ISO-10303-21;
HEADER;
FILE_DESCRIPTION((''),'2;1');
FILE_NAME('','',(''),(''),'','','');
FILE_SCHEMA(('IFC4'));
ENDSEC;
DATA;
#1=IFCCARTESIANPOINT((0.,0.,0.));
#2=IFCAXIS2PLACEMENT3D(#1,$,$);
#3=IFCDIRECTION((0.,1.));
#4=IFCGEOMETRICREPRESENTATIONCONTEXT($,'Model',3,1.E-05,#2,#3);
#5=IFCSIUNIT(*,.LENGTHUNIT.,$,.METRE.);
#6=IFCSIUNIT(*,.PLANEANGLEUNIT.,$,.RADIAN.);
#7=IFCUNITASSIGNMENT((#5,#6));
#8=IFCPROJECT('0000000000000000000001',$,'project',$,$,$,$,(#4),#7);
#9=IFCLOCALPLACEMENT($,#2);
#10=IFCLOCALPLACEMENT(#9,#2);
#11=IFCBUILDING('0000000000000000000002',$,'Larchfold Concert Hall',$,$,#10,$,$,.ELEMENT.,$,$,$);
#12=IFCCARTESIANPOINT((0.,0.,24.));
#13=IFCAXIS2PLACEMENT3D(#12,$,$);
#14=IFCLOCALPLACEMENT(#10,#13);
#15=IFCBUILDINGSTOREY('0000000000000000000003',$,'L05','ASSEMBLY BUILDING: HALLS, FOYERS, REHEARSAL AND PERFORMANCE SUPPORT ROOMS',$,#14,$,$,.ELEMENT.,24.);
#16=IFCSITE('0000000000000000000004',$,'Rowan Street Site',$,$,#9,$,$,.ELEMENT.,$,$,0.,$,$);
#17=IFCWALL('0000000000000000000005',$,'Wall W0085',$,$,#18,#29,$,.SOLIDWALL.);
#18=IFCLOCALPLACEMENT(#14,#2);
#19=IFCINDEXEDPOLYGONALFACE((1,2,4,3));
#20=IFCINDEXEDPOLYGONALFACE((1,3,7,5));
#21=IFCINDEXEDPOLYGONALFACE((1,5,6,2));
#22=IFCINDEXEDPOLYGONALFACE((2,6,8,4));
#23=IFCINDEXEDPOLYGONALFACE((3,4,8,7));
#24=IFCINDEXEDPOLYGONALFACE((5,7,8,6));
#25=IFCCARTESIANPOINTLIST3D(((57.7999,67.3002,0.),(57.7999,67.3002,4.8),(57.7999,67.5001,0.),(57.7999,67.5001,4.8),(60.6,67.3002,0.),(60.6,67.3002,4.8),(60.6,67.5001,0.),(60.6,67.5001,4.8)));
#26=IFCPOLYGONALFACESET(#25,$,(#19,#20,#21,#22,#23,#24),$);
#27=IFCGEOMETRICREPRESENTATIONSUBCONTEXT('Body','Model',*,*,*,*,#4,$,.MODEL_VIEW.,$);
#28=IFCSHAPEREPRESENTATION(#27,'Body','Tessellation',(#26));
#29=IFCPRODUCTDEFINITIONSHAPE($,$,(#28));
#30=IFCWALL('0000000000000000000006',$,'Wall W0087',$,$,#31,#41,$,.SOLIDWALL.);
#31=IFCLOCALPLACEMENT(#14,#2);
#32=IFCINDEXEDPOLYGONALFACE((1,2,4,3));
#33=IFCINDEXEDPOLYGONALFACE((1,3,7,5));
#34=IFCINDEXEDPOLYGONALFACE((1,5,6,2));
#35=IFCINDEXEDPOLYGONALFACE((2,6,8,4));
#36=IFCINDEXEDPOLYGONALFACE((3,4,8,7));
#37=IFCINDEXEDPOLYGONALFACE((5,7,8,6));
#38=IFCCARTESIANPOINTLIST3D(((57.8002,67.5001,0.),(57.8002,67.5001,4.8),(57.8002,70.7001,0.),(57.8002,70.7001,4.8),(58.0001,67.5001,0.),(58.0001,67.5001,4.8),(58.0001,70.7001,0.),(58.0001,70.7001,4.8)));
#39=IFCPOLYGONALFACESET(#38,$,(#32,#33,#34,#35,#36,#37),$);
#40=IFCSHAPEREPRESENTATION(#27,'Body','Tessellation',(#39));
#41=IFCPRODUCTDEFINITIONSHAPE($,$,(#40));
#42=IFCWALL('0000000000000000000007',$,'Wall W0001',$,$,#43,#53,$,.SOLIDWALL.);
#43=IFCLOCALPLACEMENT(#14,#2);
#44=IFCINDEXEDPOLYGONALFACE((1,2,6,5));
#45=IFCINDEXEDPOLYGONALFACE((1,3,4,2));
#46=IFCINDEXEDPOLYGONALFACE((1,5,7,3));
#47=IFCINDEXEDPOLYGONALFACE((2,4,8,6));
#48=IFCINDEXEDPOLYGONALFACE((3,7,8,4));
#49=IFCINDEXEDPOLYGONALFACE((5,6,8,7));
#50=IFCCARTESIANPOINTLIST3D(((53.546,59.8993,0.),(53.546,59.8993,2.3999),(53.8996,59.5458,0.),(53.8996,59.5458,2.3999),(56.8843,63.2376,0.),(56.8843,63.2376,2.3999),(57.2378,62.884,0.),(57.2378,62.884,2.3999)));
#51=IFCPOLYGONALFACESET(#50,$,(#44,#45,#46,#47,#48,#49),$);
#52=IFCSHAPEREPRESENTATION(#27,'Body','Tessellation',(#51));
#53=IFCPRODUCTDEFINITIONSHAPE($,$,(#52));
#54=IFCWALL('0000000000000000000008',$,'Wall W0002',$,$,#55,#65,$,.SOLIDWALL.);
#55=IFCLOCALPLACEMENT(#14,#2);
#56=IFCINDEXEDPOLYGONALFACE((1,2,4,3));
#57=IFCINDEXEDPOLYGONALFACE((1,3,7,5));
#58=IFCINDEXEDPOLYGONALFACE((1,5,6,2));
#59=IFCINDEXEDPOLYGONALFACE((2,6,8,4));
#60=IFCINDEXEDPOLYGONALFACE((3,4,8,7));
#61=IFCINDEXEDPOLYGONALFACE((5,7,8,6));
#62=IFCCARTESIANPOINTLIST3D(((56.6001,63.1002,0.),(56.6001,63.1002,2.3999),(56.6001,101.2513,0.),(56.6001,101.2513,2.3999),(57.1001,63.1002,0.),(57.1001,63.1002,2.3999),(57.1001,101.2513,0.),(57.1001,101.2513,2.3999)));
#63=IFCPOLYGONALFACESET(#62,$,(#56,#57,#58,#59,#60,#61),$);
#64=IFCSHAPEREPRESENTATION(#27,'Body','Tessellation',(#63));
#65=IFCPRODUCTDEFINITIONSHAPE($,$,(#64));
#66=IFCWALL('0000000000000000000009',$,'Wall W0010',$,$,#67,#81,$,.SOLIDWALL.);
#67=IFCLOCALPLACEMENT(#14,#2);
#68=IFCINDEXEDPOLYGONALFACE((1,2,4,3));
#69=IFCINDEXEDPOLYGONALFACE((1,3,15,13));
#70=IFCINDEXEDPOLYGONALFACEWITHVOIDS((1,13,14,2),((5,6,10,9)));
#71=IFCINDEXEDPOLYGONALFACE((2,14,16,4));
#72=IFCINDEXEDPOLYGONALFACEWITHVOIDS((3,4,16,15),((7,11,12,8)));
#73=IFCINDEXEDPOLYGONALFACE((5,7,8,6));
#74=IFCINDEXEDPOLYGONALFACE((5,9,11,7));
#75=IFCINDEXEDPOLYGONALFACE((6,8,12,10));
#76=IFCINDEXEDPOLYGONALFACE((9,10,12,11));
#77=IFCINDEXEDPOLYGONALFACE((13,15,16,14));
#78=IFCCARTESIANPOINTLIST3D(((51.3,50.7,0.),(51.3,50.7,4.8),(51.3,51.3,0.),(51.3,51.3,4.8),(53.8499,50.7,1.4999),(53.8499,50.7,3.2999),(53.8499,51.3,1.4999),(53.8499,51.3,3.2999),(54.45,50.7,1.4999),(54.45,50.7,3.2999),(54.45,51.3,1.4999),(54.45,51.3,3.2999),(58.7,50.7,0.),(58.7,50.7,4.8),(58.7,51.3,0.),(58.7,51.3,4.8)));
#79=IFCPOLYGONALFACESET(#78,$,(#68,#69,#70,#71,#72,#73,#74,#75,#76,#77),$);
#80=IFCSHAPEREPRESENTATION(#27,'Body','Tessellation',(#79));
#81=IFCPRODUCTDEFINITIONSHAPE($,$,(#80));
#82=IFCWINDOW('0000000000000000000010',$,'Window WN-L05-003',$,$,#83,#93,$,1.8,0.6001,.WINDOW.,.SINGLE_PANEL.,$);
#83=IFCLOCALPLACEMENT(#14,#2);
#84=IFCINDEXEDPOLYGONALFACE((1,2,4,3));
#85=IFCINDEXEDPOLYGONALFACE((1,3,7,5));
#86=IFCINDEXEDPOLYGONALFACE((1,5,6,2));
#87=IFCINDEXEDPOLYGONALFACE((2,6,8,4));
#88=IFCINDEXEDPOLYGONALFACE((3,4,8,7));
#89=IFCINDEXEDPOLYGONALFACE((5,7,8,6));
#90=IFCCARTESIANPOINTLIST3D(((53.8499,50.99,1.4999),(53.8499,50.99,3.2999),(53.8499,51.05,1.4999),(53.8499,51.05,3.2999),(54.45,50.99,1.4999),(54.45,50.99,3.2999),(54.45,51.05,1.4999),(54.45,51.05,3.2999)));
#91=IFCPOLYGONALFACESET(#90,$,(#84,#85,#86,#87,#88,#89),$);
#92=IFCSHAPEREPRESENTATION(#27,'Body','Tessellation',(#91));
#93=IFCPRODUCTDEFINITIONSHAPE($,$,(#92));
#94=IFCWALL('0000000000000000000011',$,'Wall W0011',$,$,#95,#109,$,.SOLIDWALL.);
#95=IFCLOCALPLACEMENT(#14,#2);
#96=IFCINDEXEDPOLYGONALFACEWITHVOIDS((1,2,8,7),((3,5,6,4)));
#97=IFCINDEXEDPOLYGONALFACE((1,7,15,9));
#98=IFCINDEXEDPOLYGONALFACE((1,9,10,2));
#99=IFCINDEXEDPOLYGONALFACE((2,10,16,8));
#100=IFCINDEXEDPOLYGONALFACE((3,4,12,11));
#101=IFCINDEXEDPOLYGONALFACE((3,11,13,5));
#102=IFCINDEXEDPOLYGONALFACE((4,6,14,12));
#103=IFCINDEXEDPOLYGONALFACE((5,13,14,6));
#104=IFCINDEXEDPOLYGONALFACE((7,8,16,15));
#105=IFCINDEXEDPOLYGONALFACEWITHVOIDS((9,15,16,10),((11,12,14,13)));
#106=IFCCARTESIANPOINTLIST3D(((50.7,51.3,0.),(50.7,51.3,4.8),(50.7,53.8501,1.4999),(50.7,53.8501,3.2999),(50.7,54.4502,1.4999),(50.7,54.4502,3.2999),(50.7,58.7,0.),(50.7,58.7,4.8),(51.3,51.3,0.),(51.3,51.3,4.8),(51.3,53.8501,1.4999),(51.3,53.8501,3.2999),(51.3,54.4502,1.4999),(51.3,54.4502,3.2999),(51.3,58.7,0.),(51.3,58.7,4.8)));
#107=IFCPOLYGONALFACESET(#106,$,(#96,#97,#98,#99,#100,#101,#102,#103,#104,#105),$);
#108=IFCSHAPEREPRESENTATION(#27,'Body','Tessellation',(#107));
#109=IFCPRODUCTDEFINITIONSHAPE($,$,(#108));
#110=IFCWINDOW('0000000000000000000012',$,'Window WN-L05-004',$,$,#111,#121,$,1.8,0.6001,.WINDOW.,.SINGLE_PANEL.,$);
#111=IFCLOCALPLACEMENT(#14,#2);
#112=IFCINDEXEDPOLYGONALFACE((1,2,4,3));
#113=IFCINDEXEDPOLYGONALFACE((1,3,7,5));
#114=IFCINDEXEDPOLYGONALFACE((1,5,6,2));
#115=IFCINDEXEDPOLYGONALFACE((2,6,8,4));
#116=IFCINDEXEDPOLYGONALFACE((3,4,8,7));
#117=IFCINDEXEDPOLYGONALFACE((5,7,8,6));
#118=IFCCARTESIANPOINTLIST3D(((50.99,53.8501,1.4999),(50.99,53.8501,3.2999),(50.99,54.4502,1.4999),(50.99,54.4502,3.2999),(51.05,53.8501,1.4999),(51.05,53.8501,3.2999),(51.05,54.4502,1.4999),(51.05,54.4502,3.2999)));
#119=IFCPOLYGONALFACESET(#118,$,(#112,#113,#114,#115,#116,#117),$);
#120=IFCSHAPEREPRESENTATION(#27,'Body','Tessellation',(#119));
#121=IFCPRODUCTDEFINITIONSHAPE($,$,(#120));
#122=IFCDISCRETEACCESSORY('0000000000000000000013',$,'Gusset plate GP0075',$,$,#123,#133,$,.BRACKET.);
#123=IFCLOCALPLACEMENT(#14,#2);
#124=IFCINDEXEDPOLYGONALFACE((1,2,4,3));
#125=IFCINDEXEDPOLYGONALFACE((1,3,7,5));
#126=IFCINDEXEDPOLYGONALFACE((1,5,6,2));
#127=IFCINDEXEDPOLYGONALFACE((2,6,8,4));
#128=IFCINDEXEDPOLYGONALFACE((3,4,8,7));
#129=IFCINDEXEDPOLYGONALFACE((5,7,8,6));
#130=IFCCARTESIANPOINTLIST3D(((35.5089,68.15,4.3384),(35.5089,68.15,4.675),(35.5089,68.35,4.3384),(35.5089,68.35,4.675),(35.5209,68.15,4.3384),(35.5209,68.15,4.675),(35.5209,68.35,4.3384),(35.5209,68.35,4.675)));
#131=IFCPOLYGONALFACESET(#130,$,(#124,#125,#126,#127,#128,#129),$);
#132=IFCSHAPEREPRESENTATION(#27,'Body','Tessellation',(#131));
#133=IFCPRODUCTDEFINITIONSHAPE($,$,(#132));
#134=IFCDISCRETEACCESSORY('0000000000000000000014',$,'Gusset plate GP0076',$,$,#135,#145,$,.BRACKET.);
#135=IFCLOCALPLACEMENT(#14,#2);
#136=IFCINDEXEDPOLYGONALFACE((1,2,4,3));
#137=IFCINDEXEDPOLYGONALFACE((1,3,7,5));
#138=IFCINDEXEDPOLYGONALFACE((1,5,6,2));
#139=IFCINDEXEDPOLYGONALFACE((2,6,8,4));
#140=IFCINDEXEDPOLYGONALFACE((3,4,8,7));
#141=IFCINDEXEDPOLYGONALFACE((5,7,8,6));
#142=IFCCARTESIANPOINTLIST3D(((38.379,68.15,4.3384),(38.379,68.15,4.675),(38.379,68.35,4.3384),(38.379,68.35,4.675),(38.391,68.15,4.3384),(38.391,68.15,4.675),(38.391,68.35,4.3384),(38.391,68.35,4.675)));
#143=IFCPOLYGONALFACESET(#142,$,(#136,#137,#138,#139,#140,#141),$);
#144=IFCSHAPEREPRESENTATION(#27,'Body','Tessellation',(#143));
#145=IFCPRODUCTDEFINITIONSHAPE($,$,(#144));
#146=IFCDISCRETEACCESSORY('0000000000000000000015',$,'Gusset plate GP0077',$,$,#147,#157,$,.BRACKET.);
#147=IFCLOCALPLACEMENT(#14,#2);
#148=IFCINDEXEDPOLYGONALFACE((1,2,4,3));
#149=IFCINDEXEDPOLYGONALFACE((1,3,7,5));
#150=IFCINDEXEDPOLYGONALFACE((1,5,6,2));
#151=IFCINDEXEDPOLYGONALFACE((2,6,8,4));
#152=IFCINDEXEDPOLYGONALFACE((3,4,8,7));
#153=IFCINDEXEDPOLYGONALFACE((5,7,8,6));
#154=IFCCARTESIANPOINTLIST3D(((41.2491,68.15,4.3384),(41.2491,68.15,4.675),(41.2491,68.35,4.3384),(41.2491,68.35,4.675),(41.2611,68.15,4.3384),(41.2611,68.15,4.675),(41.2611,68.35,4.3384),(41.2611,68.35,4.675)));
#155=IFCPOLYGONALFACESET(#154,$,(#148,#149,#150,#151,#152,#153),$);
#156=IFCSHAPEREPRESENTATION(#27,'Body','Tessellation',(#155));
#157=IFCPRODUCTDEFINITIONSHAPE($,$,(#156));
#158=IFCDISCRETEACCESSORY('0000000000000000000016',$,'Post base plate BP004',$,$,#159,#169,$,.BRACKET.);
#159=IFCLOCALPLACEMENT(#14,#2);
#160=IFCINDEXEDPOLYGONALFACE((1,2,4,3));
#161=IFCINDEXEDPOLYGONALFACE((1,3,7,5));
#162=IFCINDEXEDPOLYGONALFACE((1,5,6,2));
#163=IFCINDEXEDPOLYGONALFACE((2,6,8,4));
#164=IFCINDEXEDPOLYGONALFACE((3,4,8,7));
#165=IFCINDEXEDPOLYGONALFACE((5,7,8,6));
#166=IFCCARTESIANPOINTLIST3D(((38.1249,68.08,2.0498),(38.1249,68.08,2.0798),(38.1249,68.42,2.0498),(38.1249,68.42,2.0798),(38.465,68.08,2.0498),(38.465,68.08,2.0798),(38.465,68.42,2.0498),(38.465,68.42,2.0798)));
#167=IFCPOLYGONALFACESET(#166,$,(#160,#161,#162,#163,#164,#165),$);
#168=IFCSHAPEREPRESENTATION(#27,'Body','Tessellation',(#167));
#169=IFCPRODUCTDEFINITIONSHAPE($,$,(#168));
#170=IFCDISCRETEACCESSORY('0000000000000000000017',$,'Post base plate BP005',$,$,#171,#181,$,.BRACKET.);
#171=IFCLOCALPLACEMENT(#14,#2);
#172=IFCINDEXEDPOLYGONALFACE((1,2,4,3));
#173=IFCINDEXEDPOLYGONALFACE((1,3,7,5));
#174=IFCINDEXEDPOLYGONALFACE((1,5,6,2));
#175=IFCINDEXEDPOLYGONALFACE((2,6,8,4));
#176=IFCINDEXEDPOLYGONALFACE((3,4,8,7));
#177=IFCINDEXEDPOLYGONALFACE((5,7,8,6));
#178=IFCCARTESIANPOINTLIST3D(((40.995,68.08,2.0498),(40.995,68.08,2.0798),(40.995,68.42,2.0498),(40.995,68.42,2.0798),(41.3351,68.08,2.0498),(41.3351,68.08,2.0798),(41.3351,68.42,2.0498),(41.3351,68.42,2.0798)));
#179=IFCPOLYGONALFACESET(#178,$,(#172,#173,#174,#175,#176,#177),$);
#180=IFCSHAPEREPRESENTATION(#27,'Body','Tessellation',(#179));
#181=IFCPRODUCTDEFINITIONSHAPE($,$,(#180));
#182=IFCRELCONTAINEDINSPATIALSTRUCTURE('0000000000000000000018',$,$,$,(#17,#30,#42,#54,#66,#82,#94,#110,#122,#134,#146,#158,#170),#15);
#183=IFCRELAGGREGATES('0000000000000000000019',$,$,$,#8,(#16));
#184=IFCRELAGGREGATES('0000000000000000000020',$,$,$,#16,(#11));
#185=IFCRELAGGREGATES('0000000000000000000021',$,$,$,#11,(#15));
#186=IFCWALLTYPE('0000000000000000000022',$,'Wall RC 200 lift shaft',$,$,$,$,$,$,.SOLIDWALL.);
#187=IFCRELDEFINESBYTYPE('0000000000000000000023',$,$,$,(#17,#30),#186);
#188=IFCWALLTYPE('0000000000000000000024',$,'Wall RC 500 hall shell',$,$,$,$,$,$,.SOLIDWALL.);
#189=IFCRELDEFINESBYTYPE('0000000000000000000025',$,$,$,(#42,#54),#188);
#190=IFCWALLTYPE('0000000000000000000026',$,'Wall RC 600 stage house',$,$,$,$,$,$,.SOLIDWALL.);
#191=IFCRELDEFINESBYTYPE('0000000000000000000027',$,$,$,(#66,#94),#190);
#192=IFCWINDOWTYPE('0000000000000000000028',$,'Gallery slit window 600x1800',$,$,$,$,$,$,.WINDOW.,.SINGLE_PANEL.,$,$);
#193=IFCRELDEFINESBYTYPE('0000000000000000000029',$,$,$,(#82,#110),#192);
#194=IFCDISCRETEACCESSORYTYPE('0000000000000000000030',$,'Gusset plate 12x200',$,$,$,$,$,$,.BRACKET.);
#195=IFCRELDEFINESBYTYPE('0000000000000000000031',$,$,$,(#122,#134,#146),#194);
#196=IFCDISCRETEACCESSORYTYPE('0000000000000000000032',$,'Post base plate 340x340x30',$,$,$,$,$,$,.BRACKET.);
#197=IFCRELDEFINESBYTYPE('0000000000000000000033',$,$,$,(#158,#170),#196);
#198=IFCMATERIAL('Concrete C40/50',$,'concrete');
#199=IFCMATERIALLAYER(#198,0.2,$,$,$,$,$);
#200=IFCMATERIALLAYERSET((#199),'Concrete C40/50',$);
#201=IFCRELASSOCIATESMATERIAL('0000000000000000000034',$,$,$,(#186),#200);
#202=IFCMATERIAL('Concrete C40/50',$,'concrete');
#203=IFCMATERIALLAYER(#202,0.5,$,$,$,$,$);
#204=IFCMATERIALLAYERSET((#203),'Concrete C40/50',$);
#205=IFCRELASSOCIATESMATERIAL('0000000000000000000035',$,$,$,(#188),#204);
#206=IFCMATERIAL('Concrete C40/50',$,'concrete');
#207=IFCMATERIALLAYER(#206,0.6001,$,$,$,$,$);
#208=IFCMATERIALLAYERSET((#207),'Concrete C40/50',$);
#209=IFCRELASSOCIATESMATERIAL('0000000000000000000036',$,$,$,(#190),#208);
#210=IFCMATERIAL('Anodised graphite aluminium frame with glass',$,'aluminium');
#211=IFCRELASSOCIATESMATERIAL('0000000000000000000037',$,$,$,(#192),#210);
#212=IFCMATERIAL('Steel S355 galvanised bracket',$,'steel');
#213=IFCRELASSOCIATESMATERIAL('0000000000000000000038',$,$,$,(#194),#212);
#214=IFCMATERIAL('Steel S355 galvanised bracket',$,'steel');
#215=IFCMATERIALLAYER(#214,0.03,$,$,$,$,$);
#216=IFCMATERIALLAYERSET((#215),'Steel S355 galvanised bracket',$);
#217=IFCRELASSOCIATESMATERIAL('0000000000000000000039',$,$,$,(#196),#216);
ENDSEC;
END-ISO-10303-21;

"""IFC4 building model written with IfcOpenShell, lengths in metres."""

from ifc_helpers import new_model, si_unit, direction, frame, frame_2d, origin, origin_2d, place, context, subcontext, project, spatial, rectangle, extrude, material, layer, layer_set, material_profile, profile_set, type_object, element, fill, save


model = new_model("IFC4")

# Units and contexts
model_context = context("Model", 3, precision=1e-05, world=origin(), true_north=direction((0.0, 1.0)))
body_context = subcontext(model_context, "Body", "Model", "MODEL_VIEW")
ifc_project = project(units=[si_unit("LENGTHUNIT", "METRE"), si_unit("PLANEANGLEUNIT", "RADIAN")], contexts=[model_context])

# Site, building, storey
site_placement = place(None, origin())
site = spatial("IfcSite", under=ifc_project, at=site_placement, Name="Rowan Street Site", CompositionType="ELEMENT", RefElevation=0.0)
building_placement = place(site_placement, origin())
building = spatial("IfcBuilding", under=site, at=building_placement, Name="Larchfold Concert Hall", CompositionType="ELEMENT")
storey_placement = place(building_placement, frame((0.0, 0.0, 24.0)))
storey = spatial("IfcBuildingStorey", under=building, at=storey_placement, Name="L05", Description="ASSEMBLY BUILDING: HALLS, FOYERS, REHEARSAL AND PERFORMANCE SUPPORT ROOMS", CompositionType="ELEMENT", Elevation=24.0)

# Walls
ifc_material_1 = material(Name="Concrete C40/50", Category="concrete")
ifc_layer_1 = layer(ifc_material_1, 0.2)
ifc_layer_set_1 = layer_set([ifc_layer_1], Name="Concrete C40/50")
wall_type_1 = type_object("IfcWallType", Name="Wall RC 200 lift shaft", PredefinedType="SOLIDWALL", material=ifc_layer_set_1)
wall_1_placement = place(storey_placement, frame((57.8, 67.4001, 0.0), z_axis=(0.0, 0.0, 1.0), x_axis=(1.0, 0.0, 0.0)))
element("IfcWall", 1, at=wall_1_placement, inside=storey, type_object=wall_type_1, Name="Wall W0085", PredefinedType="SOLIDWALL", context=body_context, shape_type="SweptSolid", body=[
    extrude(rectangle(XDim=2.8, YDim=0.2, at=frame_2d((1.3999, 0.0))), origin(), (0.0, 0.0, 1.0), 4.8),
])
wall_2_placement = place(storey_placement, frame((57.9001, 67.5, 0.0), z_axis=(0.0, 0.0, 1.0), x_axis=(0.0, 1.0, 0.0)))
element("IfcWall", 2, at=wall_2_placement, inside=storey, type_object=wall_type_1, Name="Wall W0087", PredefinedType="SOLIDWALL", context=body_context, shape_type="SweptSolid", body=[
    extrude(rectangle(XDim=3.2, YDim=0.2, at=frame_2d((1.6001, 0.0))), origin(), (0.0, 0.0, 1.0), 4.8),
])
ifc_material_2 = material(Name="Concrete C40/50", Category="concrete")
ifc_layer_2 = layer(ifc_material_2, 0.5)
ifc_layer_set_2 = layer_set([ifc_layer_2], Name="Concrete C40/50")
wall_type_2 = type_object("IfcWallType", Name="Wall RC 500 hall shell", PredefinedType="SOLIDWALL", material=ifc_layer_set_2)
wall_3_placement = place(storey_placement, frame((53.7229, 59.7227, 0.0), z_axis=(0.0, 0.0, 1.0), x_axis=(0.707107, 0.707107, 0.0)))
element("IfcWall", 3, at=wall_3_placement, inside=storey, type_object=wall_type_2, Name="Wall W0001", PredefinedType="SOLIDWALL", context=body_context, shape_type="SweptSolid", body=[
    extrude(rectangle(XDim=4.7209, YDim=0.5, at=frame_2d((2.3604, 0.0))), origin(), (0.0, 0.0, 1.0), 2.3999),
])
wall_4_placement = place(storey_placement, frame((56.8501, 63.1001, 0.0), z_axis=(0.0, 0.0, 1.0), x_axis=(0.0, 1.0, 0.0)))
element("IfcWall", 4, at=wall_4_placement, inside=storey, type_object=wall_type_2, Name="Wall W0002", PredefinedType="SOLIDWALL", context=body_context, shape_type="SweptSolid", body=[
    extrude(rectangle(XDim=38.1511, YDim=0.5, at=frame_2d((19.0757, 0.0))), origin(), (0.0, 0.0, 1.0), 2.3999),
])

# Walls, openings, windows
ifc_material_3 = material(Name="Concrete C40/50", Category="concrete")
ifc_layer_3 = layer(ifc_material_3, 0.6001)
ifc_layer_set_3 = layer_set([ifc_layer_3], Name="Concrete C40/50")
wall_type_3 = type_object("IfcWallType", Name="Wall RC 600 stage house", PredefinedType="SOLIDWALL", material=ifc_layer_set_3)
wall_5_placement = place(storey_placement, frame((58.7, 51.0, 0.0), z_axis=(0.0, 0.0, 1.0), x_axis=(-1.0, 0.0, 0.0)))
wall_5 = element("IfcWall", 5, at=wall_5_placement, inside=storey, type_object=wall_type_3, Name="Wall W0010", PredefinedType="SOLIDWALL", context=body_context, shape_type="SweptSolid", body=[
    extrude(rectangle(XDim=7.3999, YDim=0.6001, at=frame_2d((3.7, 0.0))), origin(), (0.0, 0.0, 1.0), 4.8),
])
opening_1_placement = place(wall_5_placement, frame((4.25, 0.0, 1.5)))
opening_1 = element("IfcOpeningElement", 6, at=opening_1_placement, cuts=wall_5, PredefinedType="OPENING", context=body_context, shape_type="SweptSolid", body=[
    extrude(rectangle(XDim=0.6001, YDim=1.8, at=frame_2d((0.3, 0.8999))), frame((0.0, 0.3101, 0.0), z_axis=(0.0, -1.0, 0.0), x_axis=(1.0, 0.0, 0.0)), (0.0, 0.0, 1.0), 0.6201),
])
ifc_material_4 = material(Name="Anodised graphite aluminium frame with glass", Category="aluminium")
window_type = type_object("IfcWindowType", Name="Gallery slit window 600x1800", PartitioningType="SINGLE_PANEL", PredefinedType="WINDOW", material=ifc_material_4)
window_1_placement = place(opening_1_placement, origin())
window_1 = element("IfcWindow", 7, at=window_1_placement, inside=storey, type_object=window_type, Name="Window WN-L05-003", OverallHeight=1.8, OverallWidth=0.6001, PartitioningType="SINGLE_PANEL", PredefinedType="WINDOW", context=body_context, shape_type="SweptSolid", body=[
    extrude(rectangle(XDim=0.6001, YDim=1.8, at=frame_2d((0.3, 0.8999))), frame((0.0, 0.01, 0.0), z_axis=(0.0, -1.0, 0.0), x_axis=(1.0, 0.0, 0.0)), (0.0, 0.0, 1.0), 0.0601),
])
fill(opening_1, window_1)
wall_6_placement = place(storey_placement, frame((51.0, 51.3, 0.0), z_axis=(0.0, 0.0, 1.0), x_axis=(0.0, 1.0, 0.0)))
wall_6 = element("IfcWall", 8, at=wall_6_placement, inside=storey, type_object=wall_type_3, Name="Wall W0011", PredefinedType="SOLIDWALL", context=body_context, shape_type="SweptSolid", body=[
    extrude(rectangle(XDim=7.3999, YDim=0.6001, at=frame_2d((3.7, 0.0))), origin(), (0.0, 0.0, 1.0), 4.8),
])
opening_2_placement = place(wall_6_placement, frame((2.55, 0.0, 1.5)))
opening_2 = element("IfcOpeningElement", 9, at=opening_2_placement, cuts=wall_6, PredefinedType="OPENING", context=body_context, shape_type="SweptSolid", body=[
    extrude(rectangle(XDim=0.6001, YDim=1.8, at=frame_2d((0.3, 0.8999))), frame((0.0, 0.3101, 0.0), z_axis=(0.0, -1.0, 0.0), x_axis=(1.0, 0.0, 0.0)), (0.0, 0.0, 1.0), 0.6201),
])
window_2_placement = place(opening_2_placement, origin())
window_2 = element("IfcWindow", 10, at=window_2_placement, inside=storey, type_object=window_type, Name="Window WN-L05-004", OverallHeight=1.8, OverallWidth=0.6001, PartitioningType="SINGLE_PANEL", PredefinedType="WINDOW", context=body_context, shape_type="SweptSolid", body=[
    extrude(rectangle(XDim=0.6001, YDim=1.8, at=frame_2d((0.3, 0.8999))), frame((0.0, 0.01, 0.0), z_axis=(0.0, -1.0, 0.0), x_axis=(1.0, 0.0, 0.0)), (0.0, 0.0, 1.0), 0.0601),
])
fill(opening_2, window_2)

# Discrete accessories
ifc_material_5 = material(Name="Steel S355 galvanised bracket", Category="steel")
ifc_material_profile_1 = material_profile(ifc_material_5, rectangle(XDim=0.012, YDim=0.2, at=origin_2d()))
ifc_profile_set_1 = profile_set([ifc_material_profile_1], Name="Steel S355 galvanised bracket")
discrete_accessory_type_1 = type_object("IfcDiscreteAccessoryType", Name="Gusset plate 12x200", PredefinedType="BRACKET", material=ifc_profile_set_1)
for number, where, z_axis, x_axis, name in (
    (11, (35.5149, 68.25, 4.3384), (0.0, 0.0, 1.0), (1.0, 0.0, 0.0), "Gusset plate GP0075"),
    (12, (38.385, 68.25, 4.3384), (0.0, 0.0, 1.0), (1.0, 0.0, 0.0), "Gusset plate GP0076"),
    (13, (41.2551, 68.25, 4.3384), (0.0, 0.0, 1.0), (1.0, 0.0, 0.0), "Gusset plate GP0077"),
):
    element("IfcDiscreteAccessory", number, at=place(storey_placement, frame(where, z_axis=z_axis, x_axis=x_axis)), inside=storey, type_object=discrete_accessory_type_1, Name=name, PredefinedType="BRACKET", context=body_context, shape_type="SweptSolid", body=[
        extrude(rectangle(XDim=0.012, YDim=0.2, at=origin_2d()), origin(), (0.0, 0.0, 1.0), 0.3367),
    ])
ifc_material_6 = material(Name="Steel S355 galvanised bracket", Category="steel")
ifc_layer_4 = layer(ifc_material_6, 0.03)
ifc_layer_set_4 = layer_set([ifc_layer_4], Name="Steel S355 galvanised bracket")
discrete_accessory_type_2 = type_object("IfcDiscreteAccessoryType", Name="Post base plate 340x340x30", PredefinedType="BRACKET", material=ifc_layer_set_4)
for number, where, z_axis, x_axis, name in (
    (14, (38.2949, 68.25, 2.0498), (0.0, 0.0, 1.0), (1.0, 0.0, 0.0), "Post base plate BP004"),
    (15, (41.165, 68.25, 2.0498), (0.0, 0.0, 1.0), (1.0, 0.0, 0.0), "Post base plate BP005"),
):
    element("IfcDiscreteAccessory", number, at=place(storey_placement, frame(where, z_axis=z_axis, x_axis=x_axis)), inside=storey, type_object=discrete_accessory_type_2, Name=name, PredefinedType="BRACKET", context=body_context, shape_type="SweptSolid", body=[
        extrude(rectangle(XDim=0.3401, YDim=0.3401, at=origin_2d()), origin(), (0.0, 0.0, 1.0), 0.03),
    ])

save(model, "model.ifc")
